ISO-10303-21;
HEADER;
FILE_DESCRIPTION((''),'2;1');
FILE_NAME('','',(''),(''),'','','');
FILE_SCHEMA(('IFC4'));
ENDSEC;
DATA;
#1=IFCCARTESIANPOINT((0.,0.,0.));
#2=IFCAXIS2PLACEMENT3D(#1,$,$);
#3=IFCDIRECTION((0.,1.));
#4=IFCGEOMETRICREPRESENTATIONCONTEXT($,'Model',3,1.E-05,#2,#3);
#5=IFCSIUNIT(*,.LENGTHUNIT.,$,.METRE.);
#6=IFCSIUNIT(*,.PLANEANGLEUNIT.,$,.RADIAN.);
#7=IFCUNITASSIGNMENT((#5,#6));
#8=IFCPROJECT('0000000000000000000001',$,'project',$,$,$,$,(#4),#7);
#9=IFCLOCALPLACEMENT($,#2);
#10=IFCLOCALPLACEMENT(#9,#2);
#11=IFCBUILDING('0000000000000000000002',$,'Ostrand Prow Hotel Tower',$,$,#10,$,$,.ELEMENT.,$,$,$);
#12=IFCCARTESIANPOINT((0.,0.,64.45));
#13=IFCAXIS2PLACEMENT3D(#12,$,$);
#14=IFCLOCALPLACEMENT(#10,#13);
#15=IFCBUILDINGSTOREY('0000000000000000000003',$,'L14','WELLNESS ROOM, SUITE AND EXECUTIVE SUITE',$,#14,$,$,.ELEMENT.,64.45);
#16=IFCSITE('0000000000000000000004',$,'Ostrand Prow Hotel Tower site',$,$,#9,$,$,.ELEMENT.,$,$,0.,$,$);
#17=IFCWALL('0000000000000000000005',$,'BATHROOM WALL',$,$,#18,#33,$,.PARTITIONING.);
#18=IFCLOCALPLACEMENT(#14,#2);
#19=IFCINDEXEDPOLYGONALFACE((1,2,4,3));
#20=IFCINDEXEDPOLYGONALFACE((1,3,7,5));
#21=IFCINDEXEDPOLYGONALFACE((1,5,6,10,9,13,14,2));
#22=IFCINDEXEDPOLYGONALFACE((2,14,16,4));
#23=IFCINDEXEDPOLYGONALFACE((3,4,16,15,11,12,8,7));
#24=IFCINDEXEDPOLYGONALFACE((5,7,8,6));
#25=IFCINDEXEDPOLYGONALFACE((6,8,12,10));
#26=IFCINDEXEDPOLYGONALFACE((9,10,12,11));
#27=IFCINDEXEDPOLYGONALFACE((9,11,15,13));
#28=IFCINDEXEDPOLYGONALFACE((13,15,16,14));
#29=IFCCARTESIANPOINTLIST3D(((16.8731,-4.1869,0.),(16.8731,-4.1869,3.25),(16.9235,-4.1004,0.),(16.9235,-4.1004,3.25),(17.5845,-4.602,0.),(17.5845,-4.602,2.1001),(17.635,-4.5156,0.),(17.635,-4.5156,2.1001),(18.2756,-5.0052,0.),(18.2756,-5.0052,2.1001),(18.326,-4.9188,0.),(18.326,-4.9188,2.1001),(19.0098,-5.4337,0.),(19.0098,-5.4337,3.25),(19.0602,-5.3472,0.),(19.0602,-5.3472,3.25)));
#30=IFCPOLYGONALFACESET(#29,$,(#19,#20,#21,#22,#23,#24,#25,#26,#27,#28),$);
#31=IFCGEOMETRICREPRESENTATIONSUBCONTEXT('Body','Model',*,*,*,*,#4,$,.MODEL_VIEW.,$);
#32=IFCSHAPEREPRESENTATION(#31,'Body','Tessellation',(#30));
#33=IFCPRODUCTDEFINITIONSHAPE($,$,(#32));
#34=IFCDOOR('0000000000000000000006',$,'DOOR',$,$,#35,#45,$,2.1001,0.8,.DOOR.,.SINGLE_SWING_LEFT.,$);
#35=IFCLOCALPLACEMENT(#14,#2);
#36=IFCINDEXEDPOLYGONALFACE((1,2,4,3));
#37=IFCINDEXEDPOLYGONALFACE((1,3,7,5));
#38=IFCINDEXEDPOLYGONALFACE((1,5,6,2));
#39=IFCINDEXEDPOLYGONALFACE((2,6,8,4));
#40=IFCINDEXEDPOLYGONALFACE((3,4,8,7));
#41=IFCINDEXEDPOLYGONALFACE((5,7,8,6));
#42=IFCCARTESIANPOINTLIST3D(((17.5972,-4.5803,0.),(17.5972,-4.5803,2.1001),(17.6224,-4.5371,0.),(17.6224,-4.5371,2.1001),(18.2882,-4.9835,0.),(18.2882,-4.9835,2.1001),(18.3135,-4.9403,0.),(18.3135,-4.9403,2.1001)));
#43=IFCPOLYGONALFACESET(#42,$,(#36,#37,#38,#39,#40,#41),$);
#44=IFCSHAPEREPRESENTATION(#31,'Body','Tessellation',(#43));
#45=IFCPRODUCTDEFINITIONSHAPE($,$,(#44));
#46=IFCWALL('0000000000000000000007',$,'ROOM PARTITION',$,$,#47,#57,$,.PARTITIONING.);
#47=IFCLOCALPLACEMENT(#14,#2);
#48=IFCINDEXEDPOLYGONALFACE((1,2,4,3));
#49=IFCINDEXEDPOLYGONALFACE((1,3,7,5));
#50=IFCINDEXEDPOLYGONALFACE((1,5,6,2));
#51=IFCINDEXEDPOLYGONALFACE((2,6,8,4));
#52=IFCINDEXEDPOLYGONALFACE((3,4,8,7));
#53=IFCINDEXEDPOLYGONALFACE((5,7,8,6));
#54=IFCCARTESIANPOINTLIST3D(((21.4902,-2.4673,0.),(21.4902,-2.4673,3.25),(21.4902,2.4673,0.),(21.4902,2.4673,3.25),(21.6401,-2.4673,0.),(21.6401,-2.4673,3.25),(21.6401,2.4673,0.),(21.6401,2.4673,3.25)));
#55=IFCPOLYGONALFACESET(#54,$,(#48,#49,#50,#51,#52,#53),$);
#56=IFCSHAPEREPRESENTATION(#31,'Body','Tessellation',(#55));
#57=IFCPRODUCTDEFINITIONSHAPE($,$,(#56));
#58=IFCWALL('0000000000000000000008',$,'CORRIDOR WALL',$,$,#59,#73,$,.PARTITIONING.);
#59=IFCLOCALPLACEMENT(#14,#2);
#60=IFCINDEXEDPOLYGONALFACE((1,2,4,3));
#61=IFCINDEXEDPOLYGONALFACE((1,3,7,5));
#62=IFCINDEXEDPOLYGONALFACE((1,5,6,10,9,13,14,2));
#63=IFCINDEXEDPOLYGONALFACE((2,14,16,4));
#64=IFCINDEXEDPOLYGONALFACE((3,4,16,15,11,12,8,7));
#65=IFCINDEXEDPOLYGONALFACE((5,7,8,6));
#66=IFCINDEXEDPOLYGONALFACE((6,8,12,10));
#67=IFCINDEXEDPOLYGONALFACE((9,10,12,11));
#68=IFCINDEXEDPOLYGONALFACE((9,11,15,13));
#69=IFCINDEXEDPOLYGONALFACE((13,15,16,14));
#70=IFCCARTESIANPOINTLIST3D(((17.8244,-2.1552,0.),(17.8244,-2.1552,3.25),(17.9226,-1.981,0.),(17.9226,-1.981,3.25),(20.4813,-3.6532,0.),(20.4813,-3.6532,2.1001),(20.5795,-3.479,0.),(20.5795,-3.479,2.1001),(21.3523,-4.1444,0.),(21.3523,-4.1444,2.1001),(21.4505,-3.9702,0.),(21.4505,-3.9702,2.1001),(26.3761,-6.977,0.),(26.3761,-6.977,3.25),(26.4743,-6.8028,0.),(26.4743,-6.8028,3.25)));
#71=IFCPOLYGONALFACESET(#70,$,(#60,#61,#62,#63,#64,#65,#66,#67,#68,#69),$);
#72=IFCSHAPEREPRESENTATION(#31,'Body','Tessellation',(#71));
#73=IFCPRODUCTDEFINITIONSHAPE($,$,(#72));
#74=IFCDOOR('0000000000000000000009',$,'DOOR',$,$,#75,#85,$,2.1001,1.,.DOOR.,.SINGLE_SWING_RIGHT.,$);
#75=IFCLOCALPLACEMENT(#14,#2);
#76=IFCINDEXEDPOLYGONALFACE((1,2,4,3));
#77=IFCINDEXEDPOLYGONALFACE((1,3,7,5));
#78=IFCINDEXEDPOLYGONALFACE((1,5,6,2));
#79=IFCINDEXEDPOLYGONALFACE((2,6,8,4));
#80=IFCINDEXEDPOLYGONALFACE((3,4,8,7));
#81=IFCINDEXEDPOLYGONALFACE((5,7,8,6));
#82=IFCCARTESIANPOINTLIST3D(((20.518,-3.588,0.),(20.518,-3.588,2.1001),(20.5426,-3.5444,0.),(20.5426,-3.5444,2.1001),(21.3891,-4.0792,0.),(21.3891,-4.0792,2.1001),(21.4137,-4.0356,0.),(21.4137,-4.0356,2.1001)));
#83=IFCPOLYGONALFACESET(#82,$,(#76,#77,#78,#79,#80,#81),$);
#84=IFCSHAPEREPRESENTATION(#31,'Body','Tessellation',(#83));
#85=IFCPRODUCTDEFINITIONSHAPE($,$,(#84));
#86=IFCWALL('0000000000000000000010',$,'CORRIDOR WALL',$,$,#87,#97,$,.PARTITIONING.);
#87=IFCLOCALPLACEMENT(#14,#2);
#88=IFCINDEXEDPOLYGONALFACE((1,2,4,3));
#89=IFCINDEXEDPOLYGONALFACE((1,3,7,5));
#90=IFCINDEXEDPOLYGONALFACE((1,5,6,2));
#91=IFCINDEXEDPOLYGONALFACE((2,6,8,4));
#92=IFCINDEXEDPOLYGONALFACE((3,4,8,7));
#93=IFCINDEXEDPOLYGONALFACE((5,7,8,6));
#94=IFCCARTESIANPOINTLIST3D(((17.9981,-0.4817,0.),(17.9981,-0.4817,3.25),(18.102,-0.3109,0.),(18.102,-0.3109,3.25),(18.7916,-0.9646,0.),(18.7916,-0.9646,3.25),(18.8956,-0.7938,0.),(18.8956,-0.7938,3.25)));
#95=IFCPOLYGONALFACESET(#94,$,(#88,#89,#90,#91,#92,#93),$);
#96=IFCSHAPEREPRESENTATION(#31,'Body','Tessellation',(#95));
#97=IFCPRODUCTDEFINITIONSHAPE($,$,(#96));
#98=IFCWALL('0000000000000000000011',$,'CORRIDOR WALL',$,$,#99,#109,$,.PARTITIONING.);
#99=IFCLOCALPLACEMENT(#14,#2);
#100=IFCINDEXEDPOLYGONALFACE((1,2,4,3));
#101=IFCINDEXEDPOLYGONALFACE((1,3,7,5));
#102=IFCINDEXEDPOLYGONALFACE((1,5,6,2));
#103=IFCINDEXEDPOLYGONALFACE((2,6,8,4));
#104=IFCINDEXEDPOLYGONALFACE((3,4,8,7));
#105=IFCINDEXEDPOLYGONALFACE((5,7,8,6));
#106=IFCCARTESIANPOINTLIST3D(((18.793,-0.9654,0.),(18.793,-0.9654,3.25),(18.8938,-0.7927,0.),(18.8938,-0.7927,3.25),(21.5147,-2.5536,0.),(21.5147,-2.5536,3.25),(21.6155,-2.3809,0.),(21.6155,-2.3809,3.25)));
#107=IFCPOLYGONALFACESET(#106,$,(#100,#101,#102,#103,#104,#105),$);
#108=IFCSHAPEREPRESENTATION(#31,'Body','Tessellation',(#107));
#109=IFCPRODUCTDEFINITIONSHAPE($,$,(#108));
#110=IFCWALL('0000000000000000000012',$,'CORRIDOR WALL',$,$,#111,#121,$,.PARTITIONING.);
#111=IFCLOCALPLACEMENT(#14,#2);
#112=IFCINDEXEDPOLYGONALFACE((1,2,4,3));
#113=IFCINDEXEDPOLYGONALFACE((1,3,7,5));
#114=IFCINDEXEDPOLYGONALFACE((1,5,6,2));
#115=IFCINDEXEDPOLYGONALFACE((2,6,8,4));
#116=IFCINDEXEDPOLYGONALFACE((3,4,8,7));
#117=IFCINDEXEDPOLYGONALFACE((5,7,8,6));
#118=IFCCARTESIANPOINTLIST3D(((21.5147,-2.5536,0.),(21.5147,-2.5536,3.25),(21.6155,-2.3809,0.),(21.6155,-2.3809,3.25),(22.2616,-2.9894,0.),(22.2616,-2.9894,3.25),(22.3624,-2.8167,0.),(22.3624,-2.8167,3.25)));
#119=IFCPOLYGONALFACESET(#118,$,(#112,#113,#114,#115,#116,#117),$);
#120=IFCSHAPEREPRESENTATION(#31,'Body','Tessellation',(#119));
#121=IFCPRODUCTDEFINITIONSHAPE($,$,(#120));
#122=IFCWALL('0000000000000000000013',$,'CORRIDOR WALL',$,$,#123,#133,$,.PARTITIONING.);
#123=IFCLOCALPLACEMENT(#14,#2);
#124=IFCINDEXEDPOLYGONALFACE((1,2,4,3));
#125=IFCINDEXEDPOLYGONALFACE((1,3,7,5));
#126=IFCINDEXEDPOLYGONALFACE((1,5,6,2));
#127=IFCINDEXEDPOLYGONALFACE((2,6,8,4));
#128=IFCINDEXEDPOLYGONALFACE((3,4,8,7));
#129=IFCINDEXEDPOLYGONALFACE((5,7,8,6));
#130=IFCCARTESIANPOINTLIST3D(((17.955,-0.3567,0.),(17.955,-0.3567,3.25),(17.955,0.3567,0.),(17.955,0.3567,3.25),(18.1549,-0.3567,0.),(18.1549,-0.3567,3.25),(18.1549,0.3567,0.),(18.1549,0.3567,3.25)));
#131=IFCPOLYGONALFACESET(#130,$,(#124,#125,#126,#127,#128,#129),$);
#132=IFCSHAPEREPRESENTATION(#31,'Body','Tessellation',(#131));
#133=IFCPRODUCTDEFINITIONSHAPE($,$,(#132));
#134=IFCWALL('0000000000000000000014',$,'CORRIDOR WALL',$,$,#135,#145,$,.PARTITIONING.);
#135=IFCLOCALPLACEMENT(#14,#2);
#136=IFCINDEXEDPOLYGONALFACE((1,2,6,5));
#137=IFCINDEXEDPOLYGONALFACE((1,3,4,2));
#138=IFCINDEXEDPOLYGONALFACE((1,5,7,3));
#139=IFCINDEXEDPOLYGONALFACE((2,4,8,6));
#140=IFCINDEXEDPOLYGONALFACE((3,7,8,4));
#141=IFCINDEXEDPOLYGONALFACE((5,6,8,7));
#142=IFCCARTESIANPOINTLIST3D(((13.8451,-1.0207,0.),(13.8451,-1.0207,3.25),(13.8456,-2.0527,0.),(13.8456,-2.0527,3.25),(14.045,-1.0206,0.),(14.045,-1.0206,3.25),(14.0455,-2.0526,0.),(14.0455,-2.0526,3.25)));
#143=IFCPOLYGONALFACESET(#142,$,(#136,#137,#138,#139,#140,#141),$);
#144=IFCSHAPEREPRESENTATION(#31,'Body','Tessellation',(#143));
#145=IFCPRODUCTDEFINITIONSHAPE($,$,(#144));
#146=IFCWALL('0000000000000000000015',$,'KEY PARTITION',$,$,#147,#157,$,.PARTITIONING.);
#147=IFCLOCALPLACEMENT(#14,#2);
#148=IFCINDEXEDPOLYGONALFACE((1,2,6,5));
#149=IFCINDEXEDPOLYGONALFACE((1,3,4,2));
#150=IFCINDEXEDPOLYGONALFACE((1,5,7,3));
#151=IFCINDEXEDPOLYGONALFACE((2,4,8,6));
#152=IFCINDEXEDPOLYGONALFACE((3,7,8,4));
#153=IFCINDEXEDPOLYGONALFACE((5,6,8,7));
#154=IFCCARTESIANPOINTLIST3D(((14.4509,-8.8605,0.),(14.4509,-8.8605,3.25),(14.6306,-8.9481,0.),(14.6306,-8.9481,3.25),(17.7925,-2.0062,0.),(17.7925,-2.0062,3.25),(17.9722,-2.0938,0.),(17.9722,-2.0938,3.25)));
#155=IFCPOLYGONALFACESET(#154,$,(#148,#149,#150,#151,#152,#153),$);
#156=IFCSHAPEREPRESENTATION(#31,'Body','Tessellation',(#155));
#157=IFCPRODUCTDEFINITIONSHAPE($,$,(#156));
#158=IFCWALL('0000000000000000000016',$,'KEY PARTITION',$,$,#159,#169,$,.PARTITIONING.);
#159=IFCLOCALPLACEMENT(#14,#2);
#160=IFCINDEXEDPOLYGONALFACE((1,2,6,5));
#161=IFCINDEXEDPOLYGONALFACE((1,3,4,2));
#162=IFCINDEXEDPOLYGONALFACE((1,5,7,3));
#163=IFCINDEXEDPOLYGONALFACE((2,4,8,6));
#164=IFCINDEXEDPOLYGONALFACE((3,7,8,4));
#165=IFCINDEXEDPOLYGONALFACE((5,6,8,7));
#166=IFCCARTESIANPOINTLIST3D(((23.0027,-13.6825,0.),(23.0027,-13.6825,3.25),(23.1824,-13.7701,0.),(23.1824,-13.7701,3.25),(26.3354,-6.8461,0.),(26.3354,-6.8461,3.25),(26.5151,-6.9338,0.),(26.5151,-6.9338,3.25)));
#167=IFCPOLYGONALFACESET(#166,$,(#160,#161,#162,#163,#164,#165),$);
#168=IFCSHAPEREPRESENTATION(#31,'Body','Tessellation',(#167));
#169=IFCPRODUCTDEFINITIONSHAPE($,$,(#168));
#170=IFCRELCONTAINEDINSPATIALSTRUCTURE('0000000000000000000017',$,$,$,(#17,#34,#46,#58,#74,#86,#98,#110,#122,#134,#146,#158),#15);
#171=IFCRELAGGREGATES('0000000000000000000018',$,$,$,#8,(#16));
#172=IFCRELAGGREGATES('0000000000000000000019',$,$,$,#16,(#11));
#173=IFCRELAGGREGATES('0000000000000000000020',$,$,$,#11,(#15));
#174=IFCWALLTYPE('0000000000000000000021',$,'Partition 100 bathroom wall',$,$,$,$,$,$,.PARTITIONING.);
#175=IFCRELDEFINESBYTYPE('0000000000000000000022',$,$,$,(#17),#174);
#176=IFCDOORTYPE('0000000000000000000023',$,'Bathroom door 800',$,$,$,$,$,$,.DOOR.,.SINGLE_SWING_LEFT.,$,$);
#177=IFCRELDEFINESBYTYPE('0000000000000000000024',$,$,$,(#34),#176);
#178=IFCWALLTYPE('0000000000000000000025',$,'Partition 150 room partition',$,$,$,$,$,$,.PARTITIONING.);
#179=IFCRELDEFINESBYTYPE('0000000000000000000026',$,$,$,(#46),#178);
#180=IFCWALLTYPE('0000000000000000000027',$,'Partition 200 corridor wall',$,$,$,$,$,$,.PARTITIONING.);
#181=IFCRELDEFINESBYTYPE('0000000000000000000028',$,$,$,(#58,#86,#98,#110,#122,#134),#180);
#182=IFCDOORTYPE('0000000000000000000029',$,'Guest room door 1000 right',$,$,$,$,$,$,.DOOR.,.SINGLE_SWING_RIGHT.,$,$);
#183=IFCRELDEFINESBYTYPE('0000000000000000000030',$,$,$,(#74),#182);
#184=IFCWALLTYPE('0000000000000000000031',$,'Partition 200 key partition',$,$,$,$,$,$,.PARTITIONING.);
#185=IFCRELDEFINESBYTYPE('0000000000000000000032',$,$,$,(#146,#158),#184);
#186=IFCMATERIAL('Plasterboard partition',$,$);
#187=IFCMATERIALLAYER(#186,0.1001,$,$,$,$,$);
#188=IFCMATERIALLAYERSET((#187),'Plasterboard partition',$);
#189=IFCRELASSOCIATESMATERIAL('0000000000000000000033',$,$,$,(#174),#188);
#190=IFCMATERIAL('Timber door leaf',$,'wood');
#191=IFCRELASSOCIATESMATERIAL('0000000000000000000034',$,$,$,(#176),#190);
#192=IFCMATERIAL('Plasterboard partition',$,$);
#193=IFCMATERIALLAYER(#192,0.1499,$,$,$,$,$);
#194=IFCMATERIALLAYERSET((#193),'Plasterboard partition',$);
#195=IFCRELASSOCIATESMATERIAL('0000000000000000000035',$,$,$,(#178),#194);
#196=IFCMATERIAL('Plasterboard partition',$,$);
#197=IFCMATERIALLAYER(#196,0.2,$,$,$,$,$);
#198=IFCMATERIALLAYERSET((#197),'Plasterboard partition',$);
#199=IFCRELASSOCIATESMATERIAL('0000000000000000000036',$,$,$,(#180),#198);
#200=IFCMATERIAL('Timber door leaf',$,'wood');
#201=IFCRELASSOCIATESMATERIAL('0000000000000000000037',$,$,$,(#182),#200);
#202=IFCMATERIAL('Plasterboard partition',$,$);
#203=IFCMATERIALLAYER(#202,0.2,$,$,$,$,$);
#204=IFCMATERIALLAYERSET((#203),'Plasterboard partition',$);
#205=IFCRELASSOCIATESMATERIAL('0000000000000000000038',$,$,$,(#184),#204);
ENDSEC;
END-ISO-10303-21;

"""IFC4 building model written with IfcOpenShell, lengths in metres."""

from ifc_helpers import new_model, si_unit, direction, frame, frame_2d, origin, place, context, subcontext, project, spatial, rectangle, extrude, material, layer, layer_set, type_object, element, fill, save


model = new_model("IFC4")

# Units and contexts
model_context = context("Model", 3, precision=1e-05, world=origin(), true_north=direction((0.0, 1.0)))
body_context = subcontext(model_context, "Body", "Model", "MODEL_VIEW")
ifc_project = project(units=[si_unit("LENGTHUNIT", "METRE"), si_unit("PLANEANGLEUNIT", "RADIAN")], contexts=[model_context])

# Site, building, storey
site_placement = place(None, origin())
site = spatial("IfcSite", under=ifc_project, at=site_placement, Name="Ostrand Prow Hotel Tower site", CompositionType="ELEMENT", RefElevation=0.0)
building_placement = place(site_placement, origin())
building = spatial("IfcBuilding", under=site, at=building_placement, Name="Ostrand Prow Hotel Tower", CompositionType="ELEMENT")
storey_placement = place(building_placement, frame((0.0, 0.0, 64.45)))
storey = spatial("IfcBuildingStorey", under=building, at=storey_placement, Name="L14", Description="WELLNESS ROOM, SUITE AND EXECUTIVE SUITE", CompositionType="ELEMENT", Elevation=64.45)

# Shared definitions
ifc_material_1 = material(Name="Plasterboard partition")
ifc_layer_1 = layer(ifc_material_1, 0.1001)
ifc_layer_set_1 = layer_set([ifc_layer_1], Name="Plasterboard partition")
wall_type_1 = type_object("IfcWallType", Name="Partition 100 bathroom wall", PredefinedType="PARTITIONING", material=ifc_layer_set_1)

# Wall, opening, door
wall_1_placement = place(storey_placement, frame((19.0349, -5.3904, 0.0), z_axis=(0.0, 0.0, 1.0), x_axis=(-0.863707, 0.503994, 0.0)))
wall_1 = element("IfcWall", 1, at=wall_1_placement, inside=storey, type_object=wall_type_1, Name="BATHROOM WALL", PredefinedType="PARTITIONING", context=body_context, shape_type="SweptSolid", body=[
    extrude(rectangle(XDim=2.4739, YDim=0.1001, at=frame_2d((1.2368, 0.0))), origin(), (0.0, 0.0, 1.0), 3.25),
])
opening_1_placement = place(wall_1_placement, frame((0.8501, 0.0, 0.0)))
opening_1 = element("IfcOpeningElement", 2, at=opening_1_placement, cuts=wall_1, PredefinedType="OPENING", context=body_context, shape_type="SweptSolid", body=[
    extrude(rectangle(XDim=0.8, YDim=2.1001, at=frame_2d((0.3999, 1.05))), frame((0.0, 0.0601, 0.0), z_axis=(0.0, -1.0, 0.0), x_axis=(1.0, 0.0, 0.0)), (0.0, 0.0, 1.0), 0.1201),
])
ifc_material_2 = material(Name="Timber door leaf", Category="wood")
door_type_1 = type_object("IfcDoorType", Name="Bathroom door 800", OperationType="SINGLE_SWING_LEFT", PredefinedType="DOOR", material=ifc_material_2)
door_1_placement = place(opening_1_placement, origin())
door_1 = element("IfcDoor", 3, at=door_1_placement, inside=storey, type_object=door_type_1, Name="DOOR", OperationType="SINGLE_SWING_LEFT", OverallHeight=2.1001, OverallWidth=0.8, PredefinedType="DOOR", context=body_context, shape_type="SweptSolid", body=[
    extrude(rectangle(XDim=0.8, YDim=2.1001, at=frame_2d((0.3999, 1.05))), frame((0.0, 0.0249, 0.0), z_axis=(0.0, -1.0, 0.0), x_axis=(1.0, 0.0, 0.0)), (0.0, 0.0, 1.0), 0.05),
])
fill(opening_1, door_1)

# Wall
ifc_material_3 = material(Name="Plasterboard partition")
ifc_layer_2 = layer(ifc_material_3, 0.1499)
ifc_layer_set_2 = layer_set([ifc_layer_2], Name="Plasterboard partition")
wall_type_2 = type_object("IfcWallType", Name="Partition 150 room partition", PredefinedType="PARTITIONING", material=ifc_layer_set_2)
wall_2_placement = place(storey_placement, frame((21.5652, -2.4673, 0.0), z_axis=(0.0, 0.0, 1.0), x_axis=(0.0, 1.0, 0.0)))
element("IfcWall", 4, at=wall_2_placement, inside=storey, type_object=wall_type_2, Name="ROOM PARTITION", PredefinedType="PARTITIONING", context=body_context, shape_type="SweptSolid", body=[
    extrude(rectangle(XDim=4.9346, YDim=0.1499, at=frame_2d((2.4673, 0.0))), origin(), (0.0, 0.0, 1.0), 3.25),
])

# Wall, opening, door
ifc_material_4 = material(Name="Plasterboard partition")
ifc_layer_3 = layer(ifc_material_4, 0.2)
ifc_layer_set_3 = layer_set([ifc_layer_3], Name="Plasterboard partition")
wall_type_3 = type_object("IfcWallType", Name="Partition 200 corridor wall", PredefinedType="PARTITIONING", material=ifc_layer_set_3)
wall_3_placement = place(storey_placement, frame((17.8735, -2.0681, 0.0), z_axis=(0.0, 0.0, 1.0), x_axis=(0.871078, -0.491144, 0.0)))
wall_3 = element("IfcWall", 5, at=wall_3_placement, inside=storey, type_object=wall_type_3, Name="CORRIDOR WALL", PredefinedType="PARTITIONING", context=body_context, shape_type="SweptSolid", body=[
    extrude(rectangle(XDim=9.8174, YDim=0.2, at=frame_2d((4.9087, 0.0))), origin(), (0.0, 0.0, 1.0), 3.25),
])
opening_2_placement = place(wall_3_placement, frame((3.05, 0.0, 0.0)))
opening_2 = element("IfcOpeningElement", 6, at=opening_2_placement, cuts=wall_3, PredefinedType="OPENING", context=body_context, shape_type="SweptSolid", body=[
    extrude(rectangle(XDim=1.0, YDim=2.1001, at=frame_2d((0.5, 1.05))), frame((0.0, 0.1099, 0.0), z_axis=(0.0, -1.0, 0.0), x_axis=(1.0, 0.0, 0.0)), (0.0, 0.0, 1.0), 0.22),
])
ifc_material_5 = material(Name="Timber door leaf", Category="wood")
door_type_2 = type_object("IfcDoorType", Name="Guest room door 1000 right", OperationType="SINGLE_SWING_RIGHT", PredefinedType="DOOR", material=ifc_material_5)
door_2_placement = place(opening_2_placement, origin())
door_2 = element("IfcDoor", 7, at=door_2_placement, inside=storey, type_object=door_type_2, Name="DOOR", OperationType="SINGLE_SWING_RIGHT", OverallHeight=2.1001, OverallWidth=1.0, PredefinedType="DOOR", context=body_context, shape_type="SweptSolid", body=[
    extrude(rectangle(XDim=1.0, YDim=2.1001, at=frame_2d((0.5, 1.05))), frame((0.0, 0.0249, 0.0), z_axis=(0.0, -1.0, 0.0), x_axis=(1.0, 0.0, 0.0)), (0.0, 0.0, 1.0), 0.05),
])
fill(opening_2, door_2)

# Walls
wall_4_placement = place(storey_placement, frame((18.8435, -0.8792, 0.0), z_axis=(0.0, 0.0, 1.0), x_axis=(-0.854229, 0.519897, 0.0)))
element("IfcWall", 8, at=wall_4_placement, inside=storey, type_object=wall_type_3, Name="CORRIDOR WALL", PredefinedType="PARTITIONING", context=body_context, shape_type="SweptSolid", body=[
    extrude(rectangle(XDim=0.929, YDim=0.2, at=frame_2d((0.4644, 0.0))), origin(), (0.0, 0.0, 1.0), 3.25),
])
wall_5_placement = place(storey_placement, frame((21.5652, -2.4673, 0.0), z_axis=(0.0, 0.0, 1.0), x_axis=(-0.863711, 0.503987, 0.0)))
element("IfcWall", 9, at=wall_5_placement, inside=storey, type_object=wall_type_3, Name="CORRIDOR WALL", PredefinedType="PARTITIONING", context=body_context, shape_type="SweptSolid", body=[
    extrude(rectangle(XDim=3.1511, YDim=0.2, at=frame_2d((1.5757, 0.0))), origin(), (0.0, 0.0, 1.0), 3.25),
])
wall_6_placement = place(storey_placement, frame((22.312, -2.9031, 0.0), z_axis=(0.0, 0.0, 1.0), x_axis=(-0.863707, 0.503994, 0.0)))
element("IfcWall", 10, at=wall_6_placement, inside=storey, type_object=wall_type_3, Name="CORRIDOR WALL", PredefinedType="PARTITIONING", context=body_context, shape_type="SweptSolid", body=[
    extrude(rectangle(XDim=0.8647, YDim=0.2, at=frame_2d((0.4324, 0.0))), origin(), (0.0, 0.0, 1.0), 3.25),
])
wall_7_placement = place(storey_placement, frame((18.0549, -0.3567, 0.0), z_axis=(0.0, 0.0, 1.0), x_axis=(0.0, 1.0, 0.0)))
element("IfcWall", 11, at=wall_7_placement, inside=storey, type_object=wall_type_3, Name="CORRIDOR WALL", PredefinedType="PARTITIONING", context=body_context, shape_type="SweptSolid", body=[
    extrude(rectangle(XDim=0.7134, YDim=0.2, at=frame_2d((0.3567, 0.0))), origin(), (0.0, 0.0, 1.0), 3.25),
])
wall_8_placement = place(storey_placement, frame((13.9451, -1.0205, 0.0), z_axis=(0.0, 0.0, 1.0), x_axis=(0.000473, -1.0, 0.0)))
element("IfcWall", 12, at=wall_8_placement, inside=storey, type_object=wall_type_3, Name="CORRIDOR WALL", PredefinedType="PARTITIONING", context=body_context, shape_type="SweptSolid", body=[
    extrude(rectangle(XDim=1.032, YDim=0.2, at=frame_2d((0.5161, 0.0))), origin(), (0.0, 0.0, 1.0), 3.25),
])
ifc_material_6 = material(Name="Plasterboard partition")
ifc_layer_4 = layer(ifc_material_6, 0.2)
ifc_layer_set_4 = layer_set([ifc_layer_4], Name="Plasterboard partition")
wall_type_4 = type_object("IfcWallType", Name="Partition 200 key partition", PredefinedType="PARTITIONING", material=ifc_layer_set_4)
wall_9_placement = place(storey_placement, frame((14.5408, -8.9043, 0.0), z_axis=(0.0, 0.0, 1.0), x_axis=(0.438214, 0.898871, 0.0)))
element("IfcWall", 13, at=wall_9_placement, inside=storey, type_object=wall_type_4, Name="KEY PARTITION", PredefinedType="PARTITIONING", context=body_context, shape_type="SweptSolid", body=[
    extrude(rectangle(XDim=7.6255, YDim=0.2, at=frame_2d((3.8127, 0.0))), origin(), (0.0, 0.0, 1.0), 3.25),
])
wall_10_placement = place(storey_placement, frame((23.0925, -13.7263, 0.0), z_axis=(0.0, 0.0, 1.0), x_axis=(0.438203, 0.898876, 0.0)))
element("IfcWall", 14, at=wall_10_placement, inside=storey, type_object=wall_type_4, Name="KEY PARTITION", PredefinedType="PARTITIONING", context=body_context, shape_type="SweptSolid", body=[
    extrude(rectangle(XDim=7.6055, YDim=0.2, at=frame_2d((3.8027, 0.0))), origin(), (0.0, 0.0, 1.0), 3.25),
])

save(model, "model.ifc")
